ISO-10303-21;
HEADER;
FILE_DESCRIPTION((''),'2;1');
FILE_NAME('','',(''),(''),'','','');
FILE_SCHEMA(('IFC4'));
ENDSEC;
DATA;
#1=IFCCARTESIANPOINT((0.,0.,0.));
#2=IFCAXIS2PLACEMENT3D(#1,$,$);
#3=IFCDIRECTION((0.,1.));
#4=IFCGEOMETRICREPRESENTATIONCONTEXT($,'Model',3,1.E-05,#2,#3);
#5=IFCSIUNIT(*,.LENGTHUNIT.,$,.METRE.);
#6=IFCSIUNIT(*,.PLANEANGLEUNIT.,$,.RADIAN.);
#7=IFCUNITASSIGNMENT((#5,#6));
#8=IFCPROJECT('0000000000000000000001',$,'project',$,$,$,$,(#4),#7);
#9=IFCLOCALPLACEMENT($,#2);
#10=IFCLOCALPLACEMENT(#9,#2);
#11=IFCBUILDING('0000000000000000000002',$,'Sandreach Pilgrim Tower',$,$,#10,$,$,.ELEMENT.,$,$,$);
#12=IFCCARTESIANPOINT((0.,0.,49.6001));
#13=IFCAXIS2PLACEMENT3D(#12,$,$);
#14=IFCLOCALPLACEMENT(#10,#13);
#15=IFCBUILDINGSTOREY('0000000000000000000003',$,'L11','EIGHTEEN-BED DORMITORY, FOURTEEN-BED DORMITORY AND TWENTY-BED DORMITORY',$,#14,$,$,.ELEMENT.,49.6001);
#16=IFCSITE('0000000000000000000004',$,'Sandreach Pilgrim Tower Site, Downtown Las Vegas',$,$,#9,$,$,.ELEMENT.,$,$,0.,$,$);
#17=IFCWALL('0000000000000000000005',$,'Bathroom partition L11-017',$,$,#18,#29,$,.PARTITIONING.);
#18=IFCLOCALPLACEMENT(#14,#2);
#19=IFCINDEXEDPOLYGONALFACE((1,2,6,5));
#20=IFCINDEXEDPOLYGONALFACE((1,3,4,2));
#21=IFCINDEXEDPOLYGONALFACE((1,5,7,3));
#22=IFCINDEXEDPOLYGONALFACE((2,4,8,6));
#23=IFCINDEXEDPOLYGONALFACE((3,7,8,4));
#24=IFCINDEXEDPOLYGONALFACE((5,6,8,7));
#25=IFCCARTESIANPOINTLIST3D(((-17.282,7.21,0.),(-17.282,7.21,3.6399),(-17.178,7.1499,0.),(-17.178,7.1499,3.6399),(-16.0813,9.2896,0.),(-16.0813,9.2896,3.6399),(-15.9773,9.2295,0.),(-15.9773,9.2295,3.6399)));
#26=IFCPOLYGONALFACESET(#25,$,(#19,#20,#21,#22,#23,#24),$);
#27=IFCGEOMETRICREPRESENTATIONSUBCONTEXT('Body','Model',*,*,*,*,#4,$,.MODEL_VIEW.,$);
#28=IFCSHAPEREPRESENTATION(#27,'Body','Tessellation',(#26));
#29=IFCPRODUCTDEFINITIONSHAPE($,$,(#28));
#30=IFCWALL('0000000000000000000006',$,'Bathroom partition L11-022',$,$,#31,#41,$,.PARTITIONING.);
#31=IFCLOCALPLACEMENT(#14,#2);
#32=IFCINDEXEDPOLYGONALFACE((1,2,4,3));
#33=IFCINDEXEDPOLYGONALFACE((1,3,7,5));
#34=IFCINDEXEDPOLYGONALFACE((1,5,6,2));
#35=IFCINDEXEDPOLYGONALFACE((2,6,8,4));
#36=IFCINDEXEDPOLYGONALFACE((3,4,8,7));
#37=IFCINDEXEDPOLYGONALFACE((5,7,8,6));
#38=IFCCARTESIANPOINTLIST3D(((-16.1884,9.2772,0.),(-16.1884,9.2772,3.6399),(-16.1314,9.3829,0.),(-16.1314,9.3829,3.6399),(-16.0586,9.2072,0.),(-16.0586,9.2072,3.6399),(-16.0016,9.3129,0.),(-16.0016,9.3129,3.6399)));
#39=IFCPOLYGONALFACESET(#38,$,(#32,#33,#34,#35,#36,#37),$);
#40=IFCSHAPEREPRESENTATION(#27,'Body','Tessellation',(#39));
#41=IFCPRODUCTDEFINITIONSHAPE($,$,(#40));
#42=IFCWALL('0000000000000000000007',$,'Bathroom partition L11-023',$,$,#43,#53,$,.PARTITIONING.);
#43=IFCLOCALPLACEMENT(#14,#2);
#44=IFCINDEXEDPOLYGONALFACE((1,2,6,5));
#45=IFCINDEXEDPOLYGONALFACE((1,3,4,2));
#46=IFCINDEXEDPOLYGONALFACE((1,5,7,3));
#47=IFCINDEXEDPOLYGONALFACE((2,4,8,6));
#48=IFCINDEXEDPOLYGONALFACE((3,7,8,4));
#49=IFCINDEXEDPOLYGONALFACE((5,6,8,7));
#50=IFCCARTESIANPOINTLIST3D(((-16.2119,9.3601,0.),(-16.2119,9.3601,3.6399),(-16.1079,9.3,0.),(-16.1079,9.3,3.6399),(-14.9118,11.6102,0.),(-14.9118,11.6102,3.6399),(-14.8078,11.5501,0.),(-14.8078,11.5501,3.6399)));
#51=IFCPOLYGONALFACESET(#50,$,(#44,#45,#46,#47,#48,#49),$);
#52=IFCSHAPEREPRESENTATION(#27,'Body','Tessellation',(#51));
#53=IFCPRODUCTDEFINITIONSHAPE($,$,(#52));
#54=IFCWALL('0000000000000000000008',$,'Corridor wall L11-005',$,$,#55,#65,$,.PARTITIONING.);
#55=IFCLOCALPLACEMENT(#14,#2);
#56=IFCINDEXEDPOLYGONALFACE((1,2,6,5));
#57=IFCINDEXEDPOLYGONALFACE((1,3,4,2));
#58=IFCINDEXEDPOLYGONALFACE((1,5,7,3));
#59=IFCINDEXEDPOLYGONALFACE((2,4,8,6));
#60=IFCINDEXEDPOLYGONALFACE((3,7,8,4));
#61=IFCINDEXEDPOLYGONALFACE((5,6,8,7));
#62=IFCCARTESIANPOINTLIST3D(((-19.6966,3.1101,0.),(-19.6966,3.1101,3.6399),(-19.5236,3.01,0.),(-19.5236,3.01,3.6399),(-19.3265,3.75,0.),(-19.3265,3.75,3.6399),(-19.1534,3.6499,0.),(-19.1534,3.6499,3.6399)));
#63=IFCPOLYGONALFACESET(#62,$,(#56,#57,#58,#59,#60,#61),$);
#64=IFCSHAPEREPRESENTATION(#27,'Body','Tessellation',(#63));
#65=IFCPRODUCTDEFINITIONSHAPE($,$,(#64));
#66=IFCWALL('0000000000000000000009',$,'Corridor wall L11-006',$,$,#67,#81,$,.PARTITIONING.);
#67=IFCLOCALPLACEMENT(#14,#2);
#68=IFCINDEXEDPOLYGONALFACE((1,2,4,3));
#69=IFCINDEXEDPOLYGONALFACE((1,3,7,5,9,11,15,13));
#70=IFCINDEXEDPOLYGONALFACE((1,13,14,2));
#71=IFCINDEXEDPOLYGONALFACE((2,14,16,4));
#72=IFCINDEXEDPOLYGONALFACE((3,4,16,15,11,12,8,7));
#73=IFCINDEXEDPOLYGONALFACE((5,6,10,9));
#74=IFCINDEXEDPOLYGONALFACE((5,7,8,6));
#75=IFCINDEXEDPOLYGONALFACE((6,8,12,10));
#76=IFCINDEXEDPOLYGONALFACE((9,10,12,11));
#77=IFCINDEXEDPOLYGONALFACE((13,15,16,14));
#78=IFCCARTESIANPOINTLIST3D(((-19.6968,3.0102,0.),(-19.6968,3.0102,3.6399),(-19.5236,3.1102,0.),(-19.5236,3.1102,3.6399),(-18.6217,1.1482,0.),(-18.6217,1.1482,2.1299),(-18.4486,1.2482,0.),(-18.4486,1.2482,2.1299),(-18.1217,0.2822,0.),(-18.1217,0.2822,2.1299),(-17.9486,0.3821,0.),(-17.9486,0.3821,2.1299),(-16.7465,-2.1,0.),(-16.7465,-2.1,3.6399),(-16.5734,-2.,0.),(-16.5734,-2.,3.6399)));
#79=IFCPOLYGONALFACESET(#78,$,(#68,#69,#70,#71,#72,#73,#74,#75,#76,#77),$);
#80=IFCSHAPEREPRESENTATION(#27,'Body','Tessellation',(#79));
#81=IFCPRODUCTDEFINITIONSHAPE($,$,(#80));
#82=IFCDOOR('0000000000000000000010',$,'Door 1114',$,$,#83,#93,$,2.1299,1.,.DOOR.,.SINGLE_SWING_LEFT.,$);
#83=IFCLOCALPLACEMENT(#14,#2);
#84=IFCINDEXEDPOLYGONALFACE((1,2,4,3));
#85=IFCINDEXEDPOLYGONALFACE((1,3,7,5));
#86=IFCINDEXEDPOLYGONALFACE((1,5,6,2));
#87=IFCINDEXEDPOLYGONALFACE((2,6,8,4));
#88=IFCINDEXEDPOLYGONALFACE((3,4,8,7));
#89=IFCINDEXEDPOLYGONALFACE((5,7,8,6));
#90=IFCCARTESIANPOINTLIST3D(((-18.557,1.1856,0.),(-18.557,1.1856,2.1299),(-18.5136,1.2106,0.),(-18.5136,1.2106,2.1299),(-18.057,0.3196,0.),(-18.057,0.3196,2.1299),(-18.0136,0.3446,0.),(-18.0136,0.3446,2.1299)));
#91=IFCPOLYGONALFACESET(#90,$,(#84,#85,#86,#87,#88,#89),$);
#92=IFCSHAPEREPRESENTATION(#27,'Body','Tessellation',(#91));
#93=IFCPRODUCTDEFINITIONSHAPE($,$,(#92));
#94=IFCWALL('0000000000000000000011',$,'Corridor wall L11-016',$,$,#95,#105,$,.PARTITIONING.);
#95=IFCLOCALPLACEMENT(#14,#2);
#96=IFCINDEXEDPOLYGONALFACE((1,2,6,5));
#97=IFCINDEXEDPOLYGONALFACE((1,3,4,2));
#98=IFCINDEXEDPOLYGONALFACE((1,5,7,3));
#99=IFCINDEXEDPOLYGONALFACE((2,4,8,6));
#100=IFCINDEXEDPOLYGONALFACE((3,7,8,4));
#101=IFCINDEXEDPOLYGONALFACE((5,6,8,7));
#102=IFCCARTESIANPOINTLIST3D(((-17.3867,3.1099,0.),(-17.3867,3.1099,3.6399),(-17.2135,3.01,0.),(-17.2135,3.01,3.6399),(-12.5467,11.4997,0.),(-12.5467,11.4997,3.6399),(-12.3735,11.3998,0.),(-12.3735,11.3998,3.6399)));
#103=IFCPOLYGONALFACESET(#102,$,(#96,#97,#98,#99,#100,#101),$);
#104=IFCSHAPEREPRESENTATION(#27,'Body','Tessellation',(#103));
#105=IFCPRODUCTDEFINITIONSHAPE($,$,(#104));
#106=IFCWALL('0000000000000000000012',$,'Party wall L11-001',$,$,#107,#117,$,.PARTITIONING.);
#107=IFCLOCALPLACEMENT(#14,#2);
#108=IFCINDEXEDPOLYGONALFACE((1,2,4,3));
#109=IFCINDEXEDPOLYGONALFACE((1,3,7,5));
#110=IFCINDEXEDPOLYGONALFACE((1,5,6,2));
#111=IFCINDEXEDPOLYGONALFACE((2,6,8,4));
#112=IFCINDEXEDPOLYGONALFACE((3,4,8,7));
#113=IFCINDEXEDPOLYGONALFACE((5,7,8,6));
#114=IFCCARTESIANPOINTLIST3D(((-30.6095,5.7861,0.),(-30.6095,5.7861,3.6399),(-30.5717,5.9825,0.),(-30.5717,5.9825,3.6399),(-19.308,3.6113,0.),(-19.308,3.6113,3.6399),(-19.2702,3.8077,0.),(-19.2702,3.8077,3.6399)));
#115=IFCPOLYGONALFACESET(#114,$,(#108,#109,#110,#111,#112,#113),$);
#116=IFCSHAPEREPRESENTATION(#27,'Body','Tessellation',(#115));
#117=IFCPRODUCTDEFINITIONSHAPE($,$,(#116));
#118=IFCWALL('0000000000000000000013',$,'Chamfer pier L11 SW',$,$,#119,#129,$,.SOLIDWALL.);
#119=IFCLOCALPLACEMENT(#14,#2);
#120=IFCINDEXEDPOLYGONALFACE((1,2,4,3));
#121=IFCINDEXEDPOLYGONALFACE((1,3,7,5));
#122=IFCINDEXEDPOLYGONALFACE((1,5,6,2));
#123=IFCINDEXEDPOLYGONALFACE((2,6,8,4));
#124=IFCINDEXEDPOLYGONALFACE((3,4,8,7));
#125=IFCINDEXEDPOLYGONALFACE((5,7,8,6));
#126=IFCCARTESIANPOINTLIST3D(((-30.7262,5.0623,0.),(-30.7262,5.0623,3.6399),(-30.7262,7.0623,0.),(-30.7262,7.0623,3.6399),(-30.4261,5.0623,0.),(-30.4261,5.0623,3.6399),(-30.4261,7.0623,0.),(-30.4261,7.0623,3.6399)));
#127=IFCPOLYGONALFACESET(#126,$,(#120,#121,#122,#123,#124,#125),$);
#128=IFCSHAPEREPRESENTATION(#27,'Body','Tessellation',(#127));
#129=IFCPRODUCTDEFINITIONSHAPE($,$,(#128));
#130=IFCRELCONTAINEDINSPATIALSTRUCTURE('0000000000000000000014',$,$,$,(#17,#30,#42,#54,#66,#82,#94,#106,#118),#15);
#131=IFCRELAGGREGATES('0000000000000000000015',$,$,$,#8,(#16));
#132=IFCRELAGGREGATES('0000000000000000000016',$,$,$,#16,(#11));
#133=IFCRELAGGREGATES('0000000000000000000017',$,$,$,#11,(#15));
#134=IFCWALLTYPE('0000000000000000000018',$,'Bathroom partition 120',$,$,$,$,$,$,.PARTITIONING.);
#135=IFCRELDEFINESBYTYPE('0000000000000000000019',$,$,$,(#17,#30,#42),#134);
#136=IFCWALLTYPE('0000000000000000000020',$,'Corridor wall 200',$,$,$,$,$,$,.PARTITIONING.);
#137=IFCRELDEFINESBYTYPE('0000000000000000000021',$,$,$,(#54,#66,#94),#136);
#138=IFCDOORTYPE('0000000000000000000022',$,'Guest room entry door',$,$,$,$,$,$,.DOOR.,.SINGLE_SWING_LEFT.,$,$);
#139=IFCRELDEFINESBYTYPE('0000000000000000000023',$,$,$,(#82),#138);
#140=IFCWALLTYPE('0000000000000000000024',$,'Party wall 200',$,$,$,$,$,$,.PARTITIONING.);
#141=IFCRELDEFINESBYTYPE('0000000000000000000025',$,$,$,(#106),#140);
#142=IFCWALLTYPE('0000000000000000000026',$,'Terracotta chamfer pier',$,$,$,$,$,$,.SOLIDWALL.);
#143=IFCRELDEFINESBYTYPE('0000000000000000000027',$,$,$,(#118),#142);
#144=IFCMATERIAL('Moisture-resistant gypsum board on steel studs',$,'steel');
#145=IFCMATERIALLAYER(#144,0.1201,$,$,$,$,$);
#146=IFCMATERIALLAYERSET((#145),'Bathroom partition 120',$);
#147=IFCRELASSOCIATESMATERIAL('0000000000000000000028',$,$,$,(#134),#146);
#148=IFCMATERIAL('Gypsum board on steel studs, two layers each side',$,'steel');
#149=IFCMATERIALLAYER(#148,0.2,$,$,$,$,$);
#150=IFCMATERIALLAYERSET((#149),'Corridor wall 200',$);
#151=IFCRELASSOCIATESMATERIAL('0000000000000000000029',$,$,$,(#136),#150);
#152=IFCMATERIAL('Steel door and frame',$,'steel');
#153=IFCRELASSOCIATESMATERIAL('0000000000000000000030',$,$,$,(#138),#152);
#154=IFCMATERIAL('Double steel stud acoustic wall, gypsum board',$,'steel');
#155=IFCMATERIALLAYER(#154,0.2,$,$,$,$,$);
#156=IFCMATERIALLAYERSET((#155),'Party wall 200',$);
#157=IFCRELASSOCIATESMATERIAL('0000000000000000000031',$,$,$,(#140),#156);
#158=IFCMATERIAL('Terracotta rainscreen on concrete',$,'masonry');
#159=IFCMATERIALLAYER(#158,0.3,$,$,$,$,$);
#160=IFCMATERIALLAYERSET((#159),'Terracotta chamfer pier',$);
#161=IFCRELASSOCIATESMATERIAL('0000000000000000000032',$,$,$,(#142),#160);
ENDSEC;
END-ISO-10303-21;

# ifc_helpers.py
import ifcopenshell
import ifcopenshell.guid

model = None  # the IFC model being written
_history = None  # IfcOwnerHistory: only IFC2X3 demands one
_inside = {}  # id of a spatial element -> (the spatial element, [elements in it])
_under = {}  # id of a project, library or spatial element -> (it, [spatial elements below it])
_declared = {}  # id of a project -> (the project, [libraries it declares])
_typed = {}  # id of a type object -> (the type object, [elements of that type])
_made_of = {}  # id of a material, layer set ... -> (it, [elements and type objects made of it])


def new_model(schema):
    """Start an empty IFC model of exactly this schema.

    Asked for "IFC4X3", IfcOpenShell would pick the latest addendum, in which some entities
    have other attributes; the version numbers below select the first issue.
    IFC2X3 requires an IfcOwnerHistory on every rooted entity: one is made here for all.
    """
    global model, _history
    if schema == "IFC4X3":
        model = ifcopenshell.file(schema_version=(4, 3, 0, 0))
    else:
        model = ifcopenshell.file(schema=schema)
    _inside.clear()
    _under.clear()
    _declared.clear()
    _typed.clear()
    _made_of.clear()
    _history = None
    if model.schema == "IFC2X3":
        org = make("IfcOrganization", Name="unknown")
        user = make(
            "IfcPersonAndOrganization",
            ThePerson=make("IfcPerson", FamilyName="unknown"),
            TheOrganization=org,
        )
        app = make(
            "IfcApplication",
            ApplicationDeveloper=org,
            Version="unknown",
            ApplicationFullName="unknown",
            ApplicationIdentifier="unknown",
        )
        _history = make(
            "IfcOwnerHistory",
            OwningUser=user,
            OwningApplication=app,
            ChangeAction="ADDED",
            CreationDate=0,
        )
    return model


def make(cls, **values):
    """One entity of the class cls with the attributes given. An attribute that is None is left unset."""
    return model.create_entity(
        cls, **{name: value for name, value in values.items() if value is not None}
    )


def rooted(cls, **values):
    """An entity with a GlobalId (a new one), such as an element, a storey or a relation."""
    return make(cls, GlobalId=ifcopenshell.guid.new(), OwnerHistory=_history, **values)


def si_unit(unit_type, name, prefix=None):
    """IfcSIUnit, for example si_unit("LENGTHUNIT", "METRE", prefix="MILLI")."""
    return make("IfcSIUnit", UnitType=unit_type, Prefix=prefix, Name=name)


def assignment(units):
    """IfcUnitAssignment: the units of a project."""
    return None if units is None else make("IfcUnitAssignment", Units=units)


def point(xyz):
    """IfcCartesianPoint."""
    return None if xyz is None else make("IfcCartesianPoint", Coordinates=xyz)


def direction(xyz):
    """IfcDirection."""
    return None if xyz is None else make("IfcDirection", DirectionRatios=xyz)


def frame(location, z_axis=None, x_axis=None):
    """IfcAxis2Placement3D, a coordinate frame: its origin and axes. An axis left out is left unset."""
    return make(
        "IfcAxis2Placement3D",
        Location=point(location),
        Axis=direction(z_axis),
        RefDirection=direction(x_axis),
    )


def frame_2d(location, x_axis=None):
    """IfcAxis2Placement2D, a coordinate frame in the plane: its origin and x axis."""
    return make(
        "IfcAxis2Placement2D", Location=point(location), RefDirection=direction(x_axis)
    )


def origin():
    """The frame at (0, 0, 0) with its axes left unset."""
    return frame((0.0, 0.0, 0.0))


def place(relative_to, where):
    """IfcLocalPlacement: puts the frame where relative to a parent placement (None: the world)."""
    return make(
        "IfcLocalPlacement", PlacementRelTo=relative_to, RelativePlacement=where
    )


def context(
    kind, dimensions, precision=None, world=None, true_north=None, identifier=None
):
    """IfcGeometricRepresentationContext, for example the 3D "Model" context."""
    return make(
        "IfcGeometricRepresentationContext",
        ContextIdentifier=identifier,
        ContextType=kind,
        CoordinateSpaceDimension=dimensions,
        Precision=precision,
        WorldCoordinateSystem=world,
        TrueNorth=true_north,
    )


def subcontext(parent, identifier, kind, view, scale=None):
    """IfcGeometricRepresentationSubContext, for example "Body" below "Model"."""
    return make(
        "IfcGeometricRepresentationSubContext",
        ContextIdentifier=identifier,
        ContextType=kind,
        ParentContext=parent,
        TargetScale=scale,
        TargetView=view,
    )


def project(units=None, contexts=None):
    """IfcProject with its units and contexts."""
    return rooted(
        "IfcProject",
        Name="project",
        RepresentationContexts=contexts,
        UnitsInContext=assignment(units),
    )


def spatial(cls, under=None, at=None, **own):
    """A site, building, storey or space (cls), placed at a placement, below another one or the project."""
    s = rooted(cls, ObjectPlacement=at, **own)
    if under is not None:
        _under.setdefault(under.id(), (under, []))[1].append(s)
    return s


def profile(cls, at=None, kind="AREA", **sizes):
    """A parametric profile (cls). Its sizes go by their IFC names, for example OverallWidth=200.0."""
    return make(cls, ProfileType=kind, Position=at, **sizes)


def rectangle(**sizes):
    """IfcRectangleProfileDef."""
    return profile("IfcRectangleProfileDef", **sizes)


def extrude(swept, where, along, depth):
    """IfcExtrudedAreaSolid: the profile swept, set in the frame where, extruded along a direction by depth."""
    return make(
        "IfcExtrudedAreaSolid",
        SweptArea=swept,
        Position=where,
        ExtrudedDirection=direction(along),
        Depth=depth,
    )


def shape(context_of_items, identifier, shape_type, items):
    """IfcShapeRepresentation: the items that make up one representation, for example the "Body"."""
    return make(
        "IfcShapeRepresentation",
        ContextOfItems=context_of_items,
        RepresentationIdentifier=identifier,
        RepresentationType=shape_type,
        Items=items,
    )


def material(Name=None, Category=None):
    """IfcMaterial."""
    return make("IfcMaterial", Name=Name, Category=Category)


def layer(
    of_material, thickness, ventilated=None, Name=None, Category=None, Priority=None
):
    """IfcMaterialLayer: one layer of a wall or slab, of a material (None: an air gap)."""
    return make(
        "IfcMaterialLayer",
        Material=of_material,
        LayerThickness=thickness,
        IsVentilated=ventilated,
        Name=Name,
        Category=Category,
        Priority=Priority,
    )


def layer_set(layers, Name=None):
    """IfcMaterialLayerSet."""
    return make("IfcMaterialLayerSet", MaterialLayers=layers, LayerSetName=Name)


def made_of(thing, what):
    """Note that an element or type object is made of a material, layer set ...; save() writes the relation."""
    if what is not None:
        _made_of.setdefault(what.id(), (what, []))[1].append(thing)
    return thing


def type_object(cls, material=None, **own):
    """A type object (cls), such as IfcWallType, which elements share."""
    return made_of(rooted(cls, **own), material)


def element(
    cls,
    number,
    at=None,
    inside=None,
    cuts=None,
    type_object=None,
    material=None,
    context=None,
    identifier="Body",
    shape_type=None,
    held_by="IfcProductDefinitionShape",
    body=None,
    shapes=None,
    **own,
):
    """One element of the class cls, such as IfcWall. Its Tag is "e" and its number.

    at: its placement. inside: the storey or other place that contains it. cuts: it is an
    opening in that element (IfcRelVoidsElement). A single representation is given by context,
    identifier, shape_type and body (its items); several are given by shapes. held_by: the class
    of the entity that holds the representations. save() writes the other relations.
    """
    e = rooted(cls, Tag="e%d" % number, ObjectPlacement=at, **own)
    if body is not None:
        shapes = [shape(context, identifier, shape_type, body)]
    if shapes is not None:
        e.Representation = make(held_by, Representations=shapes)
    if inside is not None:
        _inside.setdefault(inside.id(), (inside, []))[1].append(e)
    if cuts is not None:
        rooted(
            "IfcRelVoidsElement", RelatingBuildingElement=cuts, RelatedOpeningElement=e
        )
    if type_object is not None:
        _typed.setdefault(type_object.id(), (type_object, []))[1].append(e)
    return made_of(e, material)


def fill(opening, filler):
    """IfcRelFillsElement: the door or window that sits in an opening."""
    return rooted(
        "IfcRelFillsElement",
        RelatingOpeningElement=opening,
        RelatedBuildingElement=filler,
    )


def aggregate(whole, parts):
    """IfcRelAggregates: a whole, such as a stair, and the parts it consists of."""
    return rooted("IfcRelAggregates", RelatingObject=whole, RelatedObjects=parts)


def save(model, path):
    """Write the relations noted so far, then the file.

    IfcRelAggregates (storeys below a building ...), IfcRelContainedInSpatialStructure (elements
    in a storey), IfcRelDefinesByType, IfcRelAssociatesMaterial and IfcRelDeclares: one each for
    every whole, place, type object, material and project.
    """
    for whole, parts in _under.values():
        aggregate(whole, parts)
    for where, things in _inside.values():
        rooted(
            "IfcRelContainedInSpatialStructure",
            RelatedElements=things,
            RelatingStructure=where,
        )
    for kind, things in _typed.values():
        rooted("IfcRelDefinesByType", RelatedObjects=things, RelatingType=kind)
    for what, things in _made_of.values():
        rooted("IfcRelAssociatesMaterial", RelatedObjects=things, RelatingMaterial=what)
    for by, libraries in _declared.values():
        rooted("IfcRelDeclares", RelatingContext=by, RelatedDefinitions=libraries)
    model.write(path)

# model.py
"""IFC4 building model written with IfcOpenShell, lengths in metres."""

from ifc_helpers import new_model, si_unit, direction, frame, frame_2d, origin, place, context, subcontext, project, spatial, rectangle, extrude, material, layer, layer_set, type_object, element, fill, save


model = new_model("IFC4")

# Units and contexts
model_context = context("Model", 3, precision=1e-05, world=origin(), true_north=direction((0.0, 1.0)))
body_context = subcontext(model_context, "Body", "Model", "MODEL_VIEW")
ifc_project = project(units=[si_unit("LENGTHUNIT", "METRE"), si_unit("PLANEANGLEUNIT", "RADIAN")], contexts=[model_context])

# Site, building, storey
site_placement = place(None, origin())
site = spatial("IfcSite", under=ifc_project, at=site_placement, Name="Sandreach Pilgrim Tower Site, Downtown Las Vegas", CompositionType="ELEMENT", RefElevation=0.0)
building_placement = place(site_placement, origin())
building = spatial("IfcBuilding", under=site, at=building_placement, Name="Sandreach Pilgrim Tower", CompositionType="ELEMENT")
storey_placement = place(building_placement, frame((0.0, 0.0, 49.6001)))
storey = spatial("IfcBuildingStorey", under=building, at=storey_placement, Name="L11", Description="EIGHTEEN-BED DORMITORY, FOURTEEN-BED DORMITORY AND TWENTY-BED DORMITORY", CompositionType="ELEMENT", Elevation=49.6001)

# Shared definitions
ifc_material_1 = material(Name="Moisture-resistant gypsum board on steel studs", Category="steel")
ifc_layer_1 = layer(ifc_material_1, 0.1201)
ifc_layer_set_1 = layer_set([ifc_layer_1], Name="Bathroom partition 120")
wall_type_1 = type_object("IfcWallType", Name="Bathroom partition 120", PredefinedType="PARTITIONING", material=ifc_layer_set_1)

# Walls
wall_1_placement = place(storey_placement, frame((-17.23, 7.1799, 0.0), z_axis=(0.0, 0.0, 1.0), x_axis=(0.50001, 0.86602, 0.0)))
element("IfcWall", 1, at=wall_1_placement, inside=storey, type_object=wall_type_1, Name="Bathroom partition L11-017", PredefinedType="PARTITIONING", context=body_context, shape_type="SweptSolid", body=[
    extrude(rectangle(XDim=2.4014, YDim=0.1201, at=frame_2d((1.2007, 0.0))), origin(), (0.0, 0.0, 1.0), 3.6399),
])
wall_2_placement = place(storey_placement, frame((-16.1599, 9.3301, 0.0), z_axis=(0.0, 0.0, 1.0), x_axis=(0.880099, -0.47479, 0.0)))
element("IfcWall", 2, at=wall_2_placement, inside=storey, type_object=wall_type_1, Name="Bathroom partition L11-022", PredefinedType="PARTITIONING", context=body_context, shape_type="SweptSolid", body=[
    extrude(rectangle(XDim=0.1475, YDim=0.1201, at=frame_2d((0.0737, 0.0))), origin(), (0.0, 0.0, 1.0), 3.6399),
])
wall_3_placement = place(storey_placement, frame((-16.1599, 9.3301, 0.0), z_axis=(0.0, 0.0, 1.0), x_axis=(0.500292, 0.865857, 0.0)))
element("IfcWall", 3, at=wall_3_placement, inside=storey, type_object=wall_type_1, Name="Bathroom partition L11-023", PredefinedType="PARTITIONING", context=body_context, shape_type="SweptSolid", body=[
    extrude(rectangle(XDim=2.5986, YDim=0.1201, at=frame_2d((1.2993, 0.0))), origin(), (0.0, 0.0, 1.0), 3.6399),
])
ifc_material_2 = material(Name="Gypsum board on steel studs, two layers each side", Category="steel")
ifc_layer_2 = layer(ifc_material_2, 0.2)
ifc_layer_set_2 = layer_set([ifc_layer_2], Name="Corridor wall 200")
wall_type_2 = type_object("IfcWallType", Name="Corridor wall 200", PredefinedType="PARTITIONING", material=ifc_layer_set_2)
wall_4_placement = place(storey_placement, frame((-19.6101, 3.0601, 0.0), z_axis=(0.0, 0.0, 1.0), x_axis=(0.500685, 0.86563, 0.0)))
element("IfcWall", 4, at=wall_4_placement, inside=storey, type_object=wall_type_2, Name="Corridor wall L11-005", PredefinedType="PARTITIONING", context=body_context, shape_type="SweptSolid", body=[
    extrude(rectangle(XDim=0.7393, YDim=0.2, at=frame_2d((0.3696, 0.0))), origin(), (0.0, 0.0, 1.0), 3.6399),
])

# Wall, opening, door
wall_5_placement = place(storey_placement, frame((-19.6101, 3.0601, 0.0), z_axis=(0.0, 0.0, 1.0), x_axis=(0.499984, -0.866035, 0.0)))
wall_5 = element("IfcWall", 5, at=wall_5_placement, inside=storey, type_object=wall_type_2, Name="Corridor wall L11-006", PredefinedType="PARTITIONING", context=body_context, shape_type="SweptSolid", body=[
    extrude(rectangle(XDim=5.9006, YDim=0.2, at=frame_2d((2.9502, 0.0))), origin(), (0.0, 0.0, 1.0), 3.6399),
])
opening_1_placement = place(wall_5_placement, frame((2.1499, 0.0, 0.0)))
opening_1 = element("IfcOpeningElement", 6, at=opening_1_placement, cuts=wall_5, PredefinedType="OPENING", context=body_context, shape_type="SweptSolid", body=[
    extrude(rectangle(XDim=1.0, YDim=2.1299, at=frame_2d((0.5, 1.0649))), frame((0.0, 0.1001, 0.0), z_axis=(0.0, -1.0, 0.0), x_axis=(1.0, 0.0, 0.0)), (0.0, 0.0, 1.0), 0.2),
])
ifc_material_3 = material(Name="Steel door and frame", Category="steel")
door_type_1 = type_object("IfcDoorType", Name="Guest room entry door", OperationType="SINGLE_SWING_LEFT", PredefinedType="DOOR", material=ifc_material_3)
door_1_placement = place(opening_1_placement, origin())
door_1 = element("IfcDoor", 7, at=door_1_placement, inside=storey, type_object=door_type_1, Name="Door 1114", OperationType="SINGLE_SWING_LEFT", OverallHeight=2.1299, OverallWidth=1.0, PredefinedType="DOOR", context=body_context, shape_type="SweptSolid", body=[
    extrude(rectangle(XDim=1.0, YDim=2.1299, at=frame_2d((0.5, 1.0649))), frame((0.0, 0.0249, 0.0), z_axis=(0.0, -1.0, 0.0), x_axis=(1.0, 0.0, 0.0)), (0.0, 0.0, 1.0), 0.05),
])
fill(opening_1, door_1)

# Walls
wall_6_placement = place(storey_placement, frame((-17.3, 3.0601, 0.0), z_axis=(0.0, 0.0, 1.0), x_axis=(0.499704, 0.866196, 0.0)))
element("IfcWall", 8, at=wall_6_placement, inside=storey, type_object=wall_type_2, Name="Corridor wall L11-016", PredefinedType="PARTITIONING", context=body_context, shape_type="SweptSolid", body=[
    extrude(rectangle(XDim=9.6858, YDim=0.2, at=frame_2d((4.8428, 0.0))), origin(), (0.0, 0.0, 1.0), 3.6399),
])
ifc_material_4 = material(Name="Double steel stud acoustic wall, gypsum board", Category="steel")
ifc_layer_3 = layer(ifc_material_4, 0.2)
ifc_layer_set_3 = layer_set([ifc_layer_3], Name="Party wall 200")
wall_type_3 = type_object("IfcWallType", Name="Party wall 200", PredefinedType="PARTITIONING", material=ifc_layer_set_3)
wall_7_placement = place(storey_placement, frame((-30.5906, 5.8843, 0.0), z_axis=(0.0, 0.0, 1.0), x_axis=(0.981983, -0.188968, 0.0)))
element("IfcWall", 9, at=wall_7_placement, inside=storey, type_object=wall_type_3, Name="Party wall L11-001", PredefinedType="PARTITIONING", context=body_context, shape_type="SweptSolid", body=[
    extrude(rectangle(XDim=11.5088, YDim=0.2, at=frame_2d((5.7544, 0.0))), origin(), (0.0, 0.0, 1.0), 3.6399),
])
ifc_material_5 = material(Name="Terracotta rainscreen on concrete", Category="masonry")
ifc_layer_4 = layer(ifc_material_5, 0.3)
ifc_layer_set_4 = layer_set([ifc_layer_4], Name="Terracotta chamfer pier")
wall_type_4 = type_object("IfcWallType", Name="Terracotta chamfer pier", PredefinedType="SOLIDWALL", material=ifc_layer_set_4)
wall_8_placement = place(storey_placement, frame((-30.5762, 5.0623, 0.0), z_axis=(0.0, 0.0, 1.0), x_axis=(0.0, 1.0, 0.0)))
element("IfcWall", 10, at=wall_8_placement, inside=storey, type_object=wall_type_4, Name="Chamfer pier L11 SW", PredefinedType="SOLIDWALL", context=body_context, shape_type="SweptSolid", body=[
    extrude(rectangle(XDim=2.0, YDim=0.3, at=frame_2d((1.0, 0.0))), origin(), (0.0, 0.0, 1.0), 3.6399),
])

save(model, "model.ifc")
